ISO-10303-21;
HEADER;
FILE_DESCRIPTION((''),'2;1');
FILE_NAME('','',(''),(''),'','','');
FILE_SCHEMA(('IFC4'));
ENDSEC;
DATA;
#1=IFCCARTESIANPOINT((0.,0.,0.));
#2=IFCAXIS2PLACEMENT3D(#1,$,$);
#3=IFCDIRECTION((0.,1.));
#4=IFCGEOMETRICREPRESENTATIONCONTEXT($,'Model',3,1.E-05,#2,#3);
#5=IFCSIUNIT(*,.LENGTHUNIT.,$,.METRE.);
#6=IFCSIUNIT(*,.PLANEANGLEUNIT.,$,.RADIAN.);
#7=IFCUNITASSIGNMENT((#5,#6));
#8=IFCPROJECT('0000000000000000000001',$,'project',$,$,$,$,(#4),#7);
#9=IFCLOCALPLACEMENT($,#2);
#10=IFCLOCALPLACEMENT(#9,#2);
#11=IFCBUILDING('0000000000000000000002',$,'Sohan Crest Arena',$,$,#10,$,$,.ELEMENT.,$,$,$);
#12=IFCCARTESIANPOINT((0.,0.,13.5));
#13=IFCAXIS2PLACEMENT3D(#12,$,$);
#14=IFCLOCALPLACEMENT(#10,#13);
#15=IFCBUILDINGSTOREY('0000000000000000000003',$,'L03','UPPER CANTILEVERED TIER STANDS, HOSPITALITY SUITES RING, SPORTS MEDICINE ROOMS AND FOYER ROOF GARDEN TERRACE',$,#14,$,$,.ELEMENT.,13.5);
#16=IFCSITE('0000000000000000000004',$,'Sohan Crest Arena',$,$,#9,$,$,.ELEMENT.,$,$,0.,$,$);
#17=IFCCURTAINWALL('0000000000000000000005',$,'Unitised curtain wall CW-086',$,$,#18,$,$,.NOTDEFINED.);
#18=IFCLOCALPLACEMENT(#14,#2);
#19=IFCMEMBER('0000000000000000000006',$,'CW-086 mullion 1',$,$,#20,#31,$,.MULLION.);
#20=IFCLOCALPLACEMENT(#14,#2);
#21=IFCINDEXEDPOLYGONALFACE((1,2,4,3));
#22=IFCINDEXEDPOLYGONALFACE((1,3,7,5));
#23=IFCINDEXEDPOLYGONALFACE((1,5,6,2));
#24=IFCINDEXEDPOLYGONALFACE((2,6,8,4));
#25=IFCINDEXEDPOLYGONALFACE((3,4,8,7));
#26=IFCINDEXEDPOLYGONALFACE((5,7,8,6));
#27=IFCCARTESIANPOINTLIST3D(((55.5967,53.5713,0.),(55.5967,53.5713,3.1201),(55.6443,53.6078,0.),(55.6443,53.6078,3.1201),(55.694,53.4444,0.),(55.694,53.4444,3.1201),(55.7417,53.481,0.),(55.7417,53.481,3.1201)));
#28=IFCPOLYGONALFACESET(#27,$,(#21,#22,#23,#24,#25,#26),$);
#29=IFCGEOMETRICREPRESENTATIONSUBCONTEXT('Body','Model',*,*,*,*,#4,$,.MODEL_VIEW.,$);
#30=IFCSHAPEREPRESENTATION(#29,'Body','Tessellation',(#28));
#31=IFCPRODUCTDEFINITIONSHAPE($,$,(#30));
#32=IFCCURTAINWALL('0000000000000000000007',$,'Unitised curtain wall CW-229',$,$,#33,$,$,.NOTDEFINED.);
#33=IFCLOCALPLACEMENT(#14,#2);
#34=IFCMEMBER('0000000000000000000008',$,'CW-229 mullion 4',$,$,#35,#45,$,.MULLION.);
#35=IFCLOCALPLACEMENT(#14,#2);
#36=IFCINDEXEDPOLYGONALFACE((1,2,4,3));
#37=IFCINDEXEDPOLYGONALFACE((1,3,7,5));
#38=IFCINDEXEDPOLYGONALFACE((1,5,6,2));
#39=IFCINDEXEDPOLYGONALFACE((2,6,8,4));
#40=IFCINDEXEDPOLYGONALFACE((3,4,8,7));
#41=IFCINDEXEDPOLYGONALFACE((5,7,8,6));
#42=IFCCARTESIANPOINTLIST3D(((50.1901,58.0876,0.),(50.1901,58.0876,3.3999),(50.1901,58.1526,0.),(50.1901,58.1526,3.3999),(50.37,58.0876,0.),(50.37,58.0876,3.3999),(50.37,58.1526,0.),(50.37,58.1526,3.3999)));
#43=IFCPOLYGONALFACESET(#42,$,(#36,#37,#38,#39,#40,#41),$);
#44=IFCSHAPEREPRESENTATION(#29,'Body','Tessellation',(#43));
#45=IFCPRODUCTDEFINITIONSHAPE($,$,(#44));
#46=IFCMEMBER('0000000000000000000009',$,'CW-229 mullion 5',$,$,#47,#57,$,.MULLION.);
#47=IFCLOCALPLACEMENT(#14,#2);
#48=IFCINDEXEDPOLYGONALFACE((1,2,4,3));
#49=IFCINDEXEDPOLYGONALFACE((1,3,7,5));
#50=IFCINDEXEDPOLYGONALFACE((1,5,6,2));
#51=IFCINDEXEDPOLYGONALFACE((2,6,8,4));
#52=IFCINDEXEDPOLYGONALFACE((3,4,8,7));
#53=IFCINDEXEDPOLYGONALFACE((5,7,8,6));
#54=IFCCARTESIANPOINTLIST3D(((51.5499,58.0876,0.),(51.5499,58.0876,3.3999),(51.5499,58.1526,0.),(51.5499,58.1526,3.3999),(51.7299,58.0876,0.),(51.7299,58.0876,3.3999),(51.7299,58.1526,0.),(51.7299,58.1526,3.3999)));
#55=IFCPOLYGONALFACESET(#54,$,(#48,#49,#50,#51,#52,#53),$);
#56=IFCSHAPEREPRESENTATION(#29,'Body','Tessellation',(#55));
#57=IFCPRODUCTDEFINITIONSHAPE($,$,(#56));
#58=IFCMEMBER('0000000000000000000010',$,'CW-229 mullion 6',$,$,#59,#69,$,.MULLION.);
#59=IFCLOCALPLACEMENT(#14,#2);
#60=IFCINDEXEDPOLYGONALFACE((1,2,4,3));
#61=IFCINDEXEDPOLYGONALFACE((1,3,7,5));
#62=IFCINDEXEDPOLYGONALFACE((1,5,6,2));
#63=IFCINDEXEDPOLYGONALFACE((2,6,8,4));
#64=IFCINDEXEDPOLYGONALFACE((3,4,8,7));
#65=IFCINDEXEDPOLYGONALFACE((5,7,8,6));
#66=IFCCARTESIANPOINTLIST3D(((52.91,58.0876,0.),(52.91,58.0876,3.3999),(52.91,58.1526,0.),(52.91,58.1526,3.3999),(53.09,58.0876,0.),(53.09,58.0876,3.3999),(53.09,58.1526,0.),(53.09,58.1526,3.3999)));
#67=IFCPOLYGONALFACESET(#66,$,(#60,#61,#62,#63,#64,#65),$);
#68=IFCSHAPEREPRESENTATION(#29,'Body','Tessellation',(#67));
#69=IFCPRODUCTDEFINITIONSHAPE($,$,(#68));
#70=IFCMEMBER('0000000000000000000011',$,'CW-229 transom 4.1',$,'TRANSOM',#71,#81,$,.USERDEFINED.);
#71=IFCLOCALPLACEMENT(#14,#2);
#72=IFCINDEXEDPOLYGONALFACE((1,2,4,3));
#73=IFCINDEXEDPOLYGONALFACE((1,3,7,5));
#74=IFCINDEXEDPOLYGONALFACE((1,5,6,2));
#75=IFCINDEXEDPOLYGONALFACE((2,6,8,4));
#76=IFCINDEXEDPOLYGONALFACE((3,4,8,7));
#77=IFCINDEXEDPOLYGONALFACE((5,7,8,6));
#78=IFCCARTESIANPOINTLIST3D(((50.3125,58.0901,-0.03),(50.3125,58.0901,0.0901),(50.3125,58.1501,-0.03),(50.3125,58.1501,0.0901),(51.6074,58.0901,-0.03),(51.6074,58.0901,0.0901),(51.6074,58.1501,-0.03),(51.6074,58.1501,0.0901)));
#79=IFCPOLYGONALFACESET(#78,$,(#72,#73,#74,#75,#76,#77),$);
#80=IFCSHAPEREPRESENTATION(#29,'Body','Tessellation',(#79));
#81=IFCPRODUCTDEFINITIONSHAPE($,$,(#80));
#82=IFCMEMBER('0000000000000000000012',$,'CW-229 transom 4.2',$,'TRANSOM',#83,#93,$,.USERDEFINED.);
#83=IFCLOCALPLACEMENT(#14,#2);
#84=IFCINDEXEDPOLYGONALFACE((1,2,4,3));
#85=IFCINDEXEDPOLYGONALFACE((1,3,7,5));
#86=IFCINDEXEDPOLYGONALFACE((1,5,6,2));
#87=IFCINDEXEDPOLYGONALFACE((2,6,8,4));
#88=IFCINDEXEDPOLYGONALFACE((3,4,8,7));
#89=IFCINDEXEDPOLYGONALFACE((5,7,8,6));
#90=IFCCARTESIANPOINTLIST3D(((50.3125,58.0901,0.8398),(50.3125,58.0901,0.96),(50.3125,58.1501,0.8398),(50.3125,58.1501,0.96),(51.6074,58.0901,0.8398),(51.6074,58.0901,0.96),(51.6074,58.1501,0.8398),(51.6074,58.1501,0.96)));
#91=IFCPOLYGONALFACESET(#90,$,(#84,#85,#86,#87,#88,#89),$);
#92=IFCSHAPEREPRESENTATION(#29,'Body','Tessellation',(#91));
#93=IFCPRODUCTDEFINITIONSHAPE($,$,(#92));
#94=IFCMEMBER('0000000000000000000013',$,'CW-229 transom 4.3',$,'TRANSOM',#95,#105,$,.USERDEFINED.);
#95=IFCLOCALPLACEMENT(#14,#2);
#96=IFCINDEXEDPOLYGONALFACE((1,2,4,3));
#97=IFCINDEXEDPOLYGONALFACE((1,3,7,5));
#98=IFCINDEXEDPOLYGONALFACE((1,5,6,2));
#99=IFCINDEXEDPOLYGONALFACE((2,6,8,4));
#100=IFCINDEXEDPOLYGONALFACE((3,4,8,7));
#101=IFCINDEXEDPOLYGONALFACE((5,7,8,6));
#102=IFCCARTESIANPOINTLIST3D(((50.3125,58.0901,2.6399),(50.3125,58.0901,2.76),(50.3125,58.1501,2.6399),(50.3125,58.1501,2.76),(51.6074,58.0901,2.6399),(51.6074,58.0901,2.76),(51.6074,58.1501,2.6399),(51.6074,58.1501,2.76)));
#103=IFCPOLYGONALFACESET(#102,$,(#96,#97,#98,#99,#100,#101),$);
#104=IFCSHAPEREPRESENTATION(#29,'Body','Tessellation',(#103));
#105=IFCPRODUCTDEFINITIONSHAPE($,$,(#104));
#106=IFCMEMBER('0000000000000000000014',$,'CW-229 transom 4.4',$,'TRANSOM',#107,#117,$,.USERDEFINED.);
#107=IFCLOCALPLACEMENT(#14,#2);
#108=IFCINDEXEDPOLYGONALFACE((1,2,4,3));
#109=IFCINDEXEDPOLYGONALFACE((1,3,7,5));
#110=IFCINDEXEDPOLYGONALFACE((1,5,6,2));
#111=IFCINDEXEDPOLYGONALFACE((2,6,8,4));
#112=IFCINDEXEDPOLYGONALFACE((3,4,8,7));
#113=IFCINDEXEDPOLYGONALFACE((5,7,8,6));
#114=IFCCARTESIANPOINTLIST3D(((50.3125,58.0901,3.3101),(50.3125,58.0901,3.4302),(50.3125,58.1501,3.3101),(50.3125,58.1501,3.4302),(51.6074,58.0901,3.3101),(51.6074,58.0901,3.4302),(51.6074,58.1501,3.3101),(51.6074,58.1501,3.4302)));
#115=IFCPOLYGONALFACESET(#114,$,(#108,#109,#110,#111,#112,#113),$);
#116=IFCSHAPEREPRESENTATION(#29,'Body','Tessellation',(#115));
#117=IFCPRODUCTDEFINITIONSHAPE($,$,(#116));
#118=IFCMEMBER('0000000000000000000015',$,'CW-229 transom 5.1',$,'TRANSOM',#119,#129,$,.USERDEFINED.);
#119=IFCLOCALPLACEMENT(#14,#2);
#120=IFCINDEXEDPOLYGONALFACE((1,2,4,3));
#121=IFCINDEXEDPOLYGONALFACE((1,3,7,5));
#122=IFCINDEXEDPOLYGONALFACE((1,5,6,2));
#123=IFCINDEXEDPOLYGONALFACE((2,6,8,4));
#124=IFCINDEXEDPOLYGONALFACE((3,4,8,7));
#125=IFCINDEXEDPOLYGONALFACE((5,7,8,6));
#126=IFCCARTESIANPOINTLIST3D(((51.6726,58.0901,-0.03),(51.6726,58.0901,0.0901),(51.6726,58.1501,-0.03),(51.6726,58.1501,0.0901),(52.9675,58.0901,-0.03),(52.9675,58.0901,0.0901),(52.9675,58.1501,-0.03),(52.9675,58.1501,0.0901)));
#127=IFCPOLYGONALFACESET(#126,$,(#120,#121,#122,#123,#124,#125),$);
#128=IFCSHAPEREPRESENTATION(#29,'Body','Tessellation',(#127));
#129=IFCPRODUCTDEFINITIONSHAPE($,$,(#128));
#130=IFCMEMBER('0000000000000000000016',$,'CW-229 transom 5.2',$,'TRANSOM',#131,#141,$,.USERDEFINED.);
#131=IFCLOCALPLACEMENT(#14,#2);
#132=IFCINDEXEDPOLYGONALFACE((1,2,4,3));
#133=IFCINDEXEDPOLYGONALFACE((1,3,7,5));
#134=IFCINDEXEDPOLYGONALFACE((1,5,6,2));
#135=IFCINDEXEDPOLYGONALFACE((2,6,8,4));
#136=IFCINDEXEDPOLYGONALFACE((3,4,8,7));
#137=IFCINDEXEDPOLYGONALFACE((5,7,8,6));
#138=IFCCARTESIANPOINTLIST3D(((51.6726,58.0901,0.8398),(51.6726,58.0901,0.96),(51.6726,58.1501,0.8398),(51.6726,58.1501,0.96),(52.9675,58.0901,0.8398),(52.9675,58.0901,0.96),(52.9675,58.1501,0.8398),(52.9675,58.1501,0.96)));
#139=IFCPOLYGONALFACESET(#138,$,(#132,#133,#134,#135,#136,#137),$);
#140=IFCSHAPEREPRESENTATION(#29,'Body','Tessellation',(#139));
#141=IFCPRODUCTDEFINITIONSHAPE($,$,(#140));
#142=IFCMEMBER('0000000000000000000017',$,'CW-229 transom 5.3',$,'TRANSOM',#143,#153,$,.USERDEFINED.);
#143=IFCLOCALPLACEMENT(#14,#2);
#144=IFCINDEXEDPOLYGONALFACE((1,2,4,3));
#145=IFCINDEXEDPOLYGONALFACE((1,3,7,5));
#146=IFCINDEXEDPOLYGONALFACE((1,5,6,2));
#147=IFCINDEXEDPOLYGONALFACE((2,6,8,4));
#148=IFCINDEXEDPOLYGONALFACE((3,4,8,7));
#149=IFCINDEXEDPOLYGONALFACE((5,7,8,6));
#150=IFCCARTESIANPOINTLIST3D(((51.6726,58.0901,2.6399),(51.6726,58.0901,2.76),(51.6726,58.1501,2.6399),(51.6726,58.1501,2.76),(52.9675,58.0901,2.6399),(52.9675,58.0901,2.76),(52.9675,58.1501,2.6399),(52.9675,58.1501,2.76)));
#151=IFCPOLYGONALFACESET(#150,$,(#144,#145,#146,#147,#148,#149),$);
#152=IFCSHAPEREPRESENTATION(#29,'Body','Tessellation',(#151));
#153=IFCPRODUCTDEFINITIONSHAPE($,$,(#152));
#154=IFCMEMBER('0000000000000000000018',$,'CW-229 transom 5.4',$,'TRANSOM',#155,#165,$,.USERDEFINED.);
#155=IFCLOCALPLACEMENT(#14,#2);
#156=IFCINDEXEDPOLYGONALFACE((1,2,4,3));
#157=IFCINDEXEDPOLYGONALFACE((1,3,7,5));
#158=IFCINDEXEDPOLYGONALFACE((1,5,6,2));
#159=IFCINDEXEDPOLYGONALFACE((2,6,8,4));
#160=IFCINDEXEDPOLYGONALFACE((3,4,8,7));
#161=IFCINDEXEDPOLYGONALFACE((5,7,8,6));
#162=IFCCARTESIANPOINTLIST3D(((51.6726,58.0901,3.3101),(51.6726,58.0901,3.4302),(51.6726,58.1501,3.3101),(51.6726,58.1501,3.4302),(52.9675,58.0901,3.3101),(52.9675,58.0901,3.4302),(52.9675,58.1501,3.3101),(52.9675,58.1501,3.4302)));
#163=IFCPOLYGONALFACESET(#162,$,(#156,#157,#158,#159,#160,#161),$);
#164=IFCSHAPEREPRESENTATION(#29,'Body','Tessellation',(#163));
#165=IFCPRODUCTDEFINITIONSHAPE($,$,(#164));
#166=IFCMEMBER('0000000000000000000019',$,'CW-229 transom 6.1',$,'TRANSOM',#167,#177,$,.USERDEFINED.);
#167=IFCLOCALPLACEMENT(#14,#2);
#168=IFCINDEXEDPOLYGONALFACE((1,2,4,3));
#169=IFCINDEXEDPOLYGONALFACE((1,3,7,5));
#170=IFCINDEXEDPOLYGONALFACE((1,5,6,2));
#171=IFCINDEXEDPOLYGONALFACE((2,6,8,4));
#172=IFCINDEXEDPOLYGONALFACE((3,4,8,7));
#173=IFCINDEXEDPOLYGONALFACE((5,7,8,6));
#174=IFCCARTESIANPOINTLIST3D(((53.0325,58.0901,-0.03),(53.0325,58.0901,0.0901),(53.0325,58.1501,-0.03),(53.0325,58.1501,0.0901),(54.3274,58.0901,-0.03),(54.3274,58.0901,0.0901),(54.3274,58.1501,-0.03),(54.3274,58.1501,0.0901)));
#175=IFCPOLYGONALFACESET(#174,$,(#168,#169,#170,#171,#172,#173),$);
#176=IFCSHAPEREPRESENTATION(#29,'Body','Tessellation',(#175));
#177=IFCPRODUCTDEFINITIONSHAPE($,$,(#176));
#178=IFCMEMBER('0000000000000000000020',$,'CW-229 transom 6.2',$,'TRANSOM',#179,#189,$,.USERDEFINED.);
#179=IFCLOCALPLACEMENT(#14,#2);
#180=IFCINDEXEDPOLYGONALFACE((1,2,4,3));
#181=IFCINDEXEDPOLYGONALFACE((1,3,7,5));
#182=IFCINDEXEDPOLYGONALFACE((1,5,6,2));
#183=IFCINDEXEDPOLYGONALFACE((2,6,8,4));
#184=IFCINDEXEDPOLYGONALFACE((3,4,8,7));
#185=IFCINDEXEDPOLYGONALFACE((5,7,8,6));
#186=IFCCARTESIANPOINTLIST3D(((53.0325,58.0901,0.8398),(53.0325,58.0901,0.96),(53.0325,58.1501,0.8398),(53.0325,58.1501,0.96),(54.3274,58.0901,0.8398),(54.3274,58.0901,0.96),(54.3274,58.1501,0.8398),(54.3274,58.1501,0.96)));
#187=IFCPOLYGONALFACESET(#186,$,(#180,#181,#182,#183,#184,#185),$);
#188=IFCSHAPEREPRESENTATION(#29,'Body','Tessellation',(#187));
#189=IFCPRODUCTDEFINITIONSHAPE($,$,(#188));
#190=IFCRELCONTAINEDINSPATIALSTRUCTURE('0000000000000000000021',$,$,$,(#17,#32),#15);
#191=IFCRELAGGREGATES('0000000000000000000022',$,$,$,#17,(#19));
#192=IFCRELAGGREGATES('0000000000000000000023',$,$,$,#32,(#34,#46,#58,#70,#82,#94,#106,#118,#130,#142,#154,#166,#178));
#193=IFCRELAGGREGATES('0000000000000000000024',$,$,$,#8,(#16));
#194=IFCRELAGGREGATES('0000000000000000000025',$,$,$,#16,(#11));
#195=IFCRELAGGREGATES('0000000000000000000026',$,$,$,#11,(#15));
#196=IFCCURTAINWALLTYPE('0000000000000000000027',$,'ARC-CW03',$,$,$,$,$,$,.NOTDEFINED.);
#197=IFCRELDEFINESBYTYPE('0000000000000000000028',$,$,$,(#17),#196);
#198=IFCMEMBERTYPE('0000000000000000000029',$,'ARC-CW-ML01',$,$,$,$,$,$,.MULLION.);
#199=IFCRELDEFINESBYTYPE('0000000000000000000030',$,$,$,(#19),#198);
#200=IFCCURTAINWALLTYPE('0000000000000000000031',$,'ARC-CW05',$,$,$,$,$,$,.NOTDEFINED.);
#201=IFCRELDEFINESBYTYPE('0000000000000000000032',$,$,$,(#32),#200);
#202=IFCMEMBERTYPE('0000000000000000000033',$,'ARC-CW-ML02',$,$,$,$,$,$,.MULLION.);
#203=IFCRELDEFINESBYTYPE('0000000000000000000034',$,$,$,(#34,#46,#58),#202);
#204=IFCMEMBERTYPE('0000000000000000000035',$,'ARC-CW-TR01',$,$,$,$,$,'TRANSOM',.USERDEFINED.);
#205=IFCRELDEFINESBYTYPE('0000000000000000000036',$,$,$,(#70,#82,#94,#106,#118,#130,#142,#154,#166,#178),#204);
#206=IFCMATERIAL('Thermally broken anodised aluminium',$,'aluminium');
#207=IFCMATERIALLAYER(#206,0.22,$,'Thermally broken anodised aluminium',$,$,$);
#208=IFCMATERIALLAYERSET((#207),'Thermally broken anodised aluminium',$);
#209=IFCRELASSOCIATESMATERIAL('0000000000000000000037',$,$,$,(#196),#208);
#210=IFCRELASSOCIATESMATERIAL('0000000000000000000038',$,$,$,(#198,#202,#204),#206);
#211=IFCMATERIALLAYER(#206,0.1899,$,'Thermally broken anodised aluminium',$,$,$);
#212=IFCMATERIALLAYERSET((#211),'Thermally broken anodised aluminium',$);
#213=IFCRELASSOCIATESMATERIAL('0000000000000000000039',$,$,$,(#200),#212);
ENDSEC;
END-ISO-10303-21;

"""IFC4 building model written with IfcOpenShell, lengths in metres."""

from ifc_helpers import new_model, si_unit, direction, frame, origin, origin_2d, place, context, subcontext, project, spatial, rectangle, extrude, material, layer, layer_set, material_profile, profile_set, type_object, element, aggregate, save


model = new_model("IFC4")

# Units and contexts
model_context = context("Model", 3, precision=1e-05, world=origin(), true_north=direction((0.0, 1.0)))
body_context = subcontext(model_context, "Body", "Model", "MODEL_VIEW")
ifc_project = project(units=[si_unit("LENGTHUNIT", "METRE"), si_unit("PLANEANGLEUNIT", "RADIAN")], contexts=[model_context])

# Site, building, storey
site_placement = place(None, origin())
site = spatial("IfcSite", under=ifc_project, at=site_placement, Name="Sohan Crest Arena", CompositionType="ELEMENT", RefElevation=0.0)
building_placement = place(site_placement, origin())
building = spatial("IfcBuilding", under=site, at=building_placement, Name="Sohan Crest Arena", CompositionType="ELEMENT")
storey_placement = place(building_placement, frame((0.0, 0.0, 13.5)))
storey = spatial("IfcBuildingStorey", under=building, at=storey_placement, Name="L03", Description="UPPER CANTILEVERED TIER STANDS, HOSPITALITY SUITES RING, SPORTS MEDICINE ROOMS AND FOYER ROOF GARDEN TERRACE", CompositionType="ELEMENT", Elevation=13.5)

# Curtain wall, member
ifc_material_1 = material(Name="Thermally broken anodised aluminium", Category="aluminium")
ifc_layer_1 = layer(ifc_material_1, 0.22, Name="Thermally broken anodised aluminium")
ifc_layer_set_1 = layer_set([ifc_layer_1], Name="Thermally broken anodised aluminium")
curtain_wall_type_1 = type_object("IfcCurtainWallType", Name="ARC-CW03", PredefinedType="NOTDEFINED", material=ifc_layer_set_1)
curtain_wall_1_placement = place(storey_placement, origin())
curtain_wall_1 = element("IfcCurtainWall", 1, at=curtain_wall_1_placement, inside=storey, type_object=curtain_wall_type_1, Name="Unitised curtain wall CW-086", PredefinedType="NOTDEFINED")
ifc_material_profile_1 = material_profile(ifc_material_1, rectangle(XDim=0.0601, YDim=0.1599, at=origin_2d()), Name="ALU-MULL 60x160")
ifc_profile_set_1 = profile_set([ifc_material_profile_1], Name="Thermally broken anodised aluminium")
member_type_1 = type_object("IfcMemberType", Name="ARC-CW-ML01", PredefinedType="MULLION", material=ifc_profile_set_1)
member_1_placement = place(storey_placement, frame((55.6692, 53.5261, 0.0), z_axis=(0.0, 0.0, 1.0), x_axis=(0.793372, 0.608737, 0.0)))
member_1 = element("IfcMember", 2, at=member_1_placement, type_object=member_type_1, Name="CW-086 mullion 1", PredefinedType="MULLION", context=body_context, shape_type="SweptSolid", body=[
    extrude(rectangle(XDim=0.0601, YDim=0.1599, at=origin_2d()), origin(), (0.0, 0.0, 1.0), 3.1201),
])

# Curtain wall, members
ifc_layer_2 = layer(ifc_material_1, 0.1899, Name="Thermally broken anodised aluminium")
ifc_layer_set_2 = layer_set([ifc_layer_2], Name="Thermally broken anodised aluminium")
curtain_wall_type_2 = type_object("IfcCurtainWallType", Name="ARC-CW05", PredefinedType="NOTDEFINED", material=ifc_layer_set_2)
curtain_wall_2_placement = place(storey_placement, origin())
curtain_wall_2 = element("IfcCurtainWall", 3, at=curtain_wall_2_placement, inside=storey, type_object=curtain_wall_type_2, Name="Unitised curtain wall CW-229", PredefinedType="NOTDEFINED")
ifc_material_profile_2 = material_profile(ifc_material_1, rectangle(XDim=0.0649, YDim=0.1799, at=origin_2d()), Name="ALU-MULL 65x180")
ifc_profile_set_2 = profile_set([ifc_material_profile_2], Name="Thermally broken anodised aluminium")
member_type_2 = type_object("IfcMemberType", Name="ARC-CW-ML02", PredefinedType="MULLION", material=ifc_profile_set_2)
member_2_placement = place(storey_placement, frame((50.28, 58.1201, 0.0), z_axis=(0.0, 0.0, 1.0), x_axis=(0.0, 1.0, 0.0)))
member_2 = element("IfcMember", 4, at=member_2_placement, type_object=member_type_2, Name="CW-229 mullion 4", PredefinedType="MULLION", context=body_context, shape_type="SweptSolid", body=[
    extrude(rectangle(XDim=0.0649, YDim=0.1799, at=origin_2d()), origin(), (0.0, 0.0, 1.0), 3.3999),
])
member_3_placement = place(storey_placement, frame((51.6399, 58.1201, 0.0), z_axis=(0.0, 0.0, 1.0), x_axis=(0.0, 1.0, 0.0)))
member_3 = element("IfcMember", 5, at=member_3_placement, type_object=member_type_2, Name="CW-229 mullion 5", PredefinedType="MULLION", context=body_context, shape_type="SweptSolid", body=[
    extrude(rectangle(XDim=0.0649, YDim=0.1799, at=origin_2d()), origin(), (0.0, 0.0, 1.0), 3.3999),
])
member_4_placement = place(storey_placement, frame((53.0, 58.1201, 0.0), z_axis=(0.0, 0.0, 1.0), x_axis=(0.0, 1.0, 0.0)))
member_4 = element("IfcMember", 6, at=member_4_placement, type_object=member_type_2, Name="CW-229 mullion 6", PredefinedType="MULLION", context=body_context, shape_type="SweptSolid", body=[
    extrude(rectangle(XDim=0.0649, YDim=0.1799, at=origin_2d()), origin(), (0.0, 0.0, 1.0), 3.3999),
])
ifc_material_profile_3 = material_profile(ifc_material_1, rectangle(XDim=0.0601, YDim=0.1201, at=origin_2d()), Name="ALU-TRAN 60x120")
ifc_profile_set_3 = profile_set([ifc_material_profile_3], Name="Thermally broken anodised aluminium")
member_type_3 = type_object("IfcMemberType", Name="ARC-CW-TR01", ElementType="TRANSOM", PredefinedType="USERDEFINED", material=ifc_profile_set_3)
member_5_placement = place(storey_placement, frame((50.3125, 58.1201, 0.03), z_axis=(1.0, 0.0, 0.0), x_axis=(0.0, 1.0, 0.0)))
member_5 = element("IfcMember", 7, at=member_5_placement, type_object=member_type_3, Name="CW-229 transom 4.1", ObjectType="TRANSOM", PredefinedType="USERDEFINED", context=body_context, shape_type="SweptSolid", body=[
    extrude(rectangle(XDim=0.0601, YDim=0.1201, at=origin_2d()), origin(), (0.0, 0.0, 1.0), 1.2949),
])
member_6_placement = place(storey_placement, frame((50.3125, 58.1201, 0.8999), z_axis=(1.0, 0.0, 0.0), x_axis=(0.0, 1.0, 0.0)))
member_6 = element("IfcMember", 8, at=member_6_placement, type_object=member_type_3, Name="CW-229 transom 4.2", ObjectType="TRANSOM", PredefinedType="USERDEFINED", context=body_context, shape_type="SweptSolid", body=[
    extrude(rectangle(XDim=0.0601, YDim=0.1201, at=origin_2d()), origin(), (0.0, 0.0, 1.0), 1.2949),
])
member_7_placement = place(storey_placement, frame((50.3125, 58.1201, 2.7), z_axis=(1.0, 0.0, 0.0), x_axis=(0.0, 1.0, 0.0)))
member_7 = element("IfcMember", 9, at=member_7_placement, type_object=member_type_3, Name="CW-229 transom 4.3", ObjectType="TRANSOM", PredefinedType="USERDEFINED", context=body_context, shape_type="SweptSolid", body=[
    extrude(rectangle(XDim=0.0601, YDim=0.1201, at=origin_2d()), origin(), (0.0, 0.0, 1.0), 1.2949),
])
member_8_placement = place(storey_placement, frame((50.3125, 58.1201, 3.3701), z_axis=(1.0, 0.0, 0.0), x_axis=(0.0, 1.0, 0.0)))
member_8 = element("IfcMember", 10, at=member_8_placement, type_object=member_type_3, Name="CW-229 transom 4.4", ObjectType="TRANSOM", PredefinedType="USERDEFINED", context=body_context, shape_type="SweptSolid", body=[
    extrude(rectangle(XDim=0.0601, YDim=0.1201, at=origin_2d()), origin(), (0.0, 0.0, 1.0), 1.2949),
])
member_9_placement = place(storey_placement, frame((51.6726, 58.1201, 0.03), z_axis=(1.0, 0.0, 0.0), x_axis=(0.0, 1.0, 0.0)))
member_9 = element("IfcMember", 11, at=member_9_placement, type_object=member_type_3, Name="CW-229 transom 5.1", ObjectType="TRANSOM", PredefinedType="USERDEFINED", context=body_context, shape_type="SweptSolid", body=[
    extrude(rectangle(XDim=0.0601, YDim=0.1201, at=origin_2d()), origin(), (0.0, 0.0, 1.0), 1.2949),
])
member_10_placement = place(storey_placement, frame((51.6726, 58.1201, 0.8999), z_axis=(1.0, 0.0, 0.0), x_axis=(0.0, 1.0, 0.0)))
member_10 = element("IfcMember", 12, at=member_10_placement, type_object=member_type_3, Name="CW-229 transom 5.2", ObjectType="TRANSOM", PredefinedType="USERDEFINED", context=body_context, shape_type="SweptSolid", body=[
    extrude(rectangle(XDim=0.0601, YDim=0.1201, at=origin_2d()), origin(), (0.0, 0.0, 1.0), 1.2949),
])
member_11_placement = place(storey_placement, frame((51.6726, 58.1201, 2.7), z_axis=(1.0, 0.0, 0.0), x_axis=(0.0, 1.0, 0.0)))
member_11 = element("IfcMember", 13, at=member_11_placement, type_object=member_type_3, Name="CW-229 transom 5.3", ObjectType="TRANSOM", PredefinedType="USERDEFINED", context=body_context, shape_type="SweptSolid", body=[
    extrude(rectangle(XDim=0.0601, YDim=0.1201, at=origin_2d()), origin(), (0.0, 0.0, 1.0), 1.2949),
])
member_12_placement = place(storey_placement, frame((51.6726, 58.1201, 3.3701), z_axis=(1.0, 0.0, 0.0), x_axis=(0.0, 1.0, 0.0)))
member_12 = element("IfcMember", 14, at=member_12_placement, type_object=member_type_3, Name="CW-229 transom 5.4", ObjectType="TRANSOM", PredefinedType="USERDEFINED", context=body_context, shape_type="SweptSolid", body=[
    extrude(rectangle(XDim=0.0601, YDim=0.1201, at=origin_2d()), origin(), (0.0, 0.0, 1.0), 1.2949),
])
member_13_placement = place(storey_placement, frame((53.0325, 58.1201, 0.03), z_axis=(1.0, 0.0, 0.0), x_axis=(0.0, 1.0, 0.0)))
member_13 = element("IfcMember", 15, at=member_13_placement, type_object=member_type_3, Name="CW-229 transom 6.1", ObjectType="TRANSOM", PredefinedType="USERDEFINED", context=body_context, shape_type="SweptSolid", body=[
    extrude(rectangle(XDim=0.0601, YDim=0.1201, at=origin_2d()), origin(), (0.0, 0.0, 1.0), 1.2949),
])
member_14_placement = place(storey_placement, frame((53.0325, 58.1201, 0.8999), z_axis=(1.0, 0.0, 0.0), x_axis=(0.0, 1.0, 0.0)))
member_14 = element("IfcMember", 16, at=member_14_placement, type_object=member_type_3, Name="CW-229 transom 6.2", ObjectType="TRANSOM", PredefinedType="USERDEFINED", context=body_context, shape_type="SweptSolid", body=[
    extrude(rectangle(XDim=0.0601, YDim=0.1201, at=origin_2d()), origin(), (0.0, 0.0, 1.0), 1.2949),
])

aggregate(curtain_wall_1, [member_1])
aggregate(curtain_wall_2, [member_2, member_3, member_4, member_5, member_6, member_7, member_8, member_9, member_10, member_11, member_12, member_13, member_14])

save(model, "model.ifc")
